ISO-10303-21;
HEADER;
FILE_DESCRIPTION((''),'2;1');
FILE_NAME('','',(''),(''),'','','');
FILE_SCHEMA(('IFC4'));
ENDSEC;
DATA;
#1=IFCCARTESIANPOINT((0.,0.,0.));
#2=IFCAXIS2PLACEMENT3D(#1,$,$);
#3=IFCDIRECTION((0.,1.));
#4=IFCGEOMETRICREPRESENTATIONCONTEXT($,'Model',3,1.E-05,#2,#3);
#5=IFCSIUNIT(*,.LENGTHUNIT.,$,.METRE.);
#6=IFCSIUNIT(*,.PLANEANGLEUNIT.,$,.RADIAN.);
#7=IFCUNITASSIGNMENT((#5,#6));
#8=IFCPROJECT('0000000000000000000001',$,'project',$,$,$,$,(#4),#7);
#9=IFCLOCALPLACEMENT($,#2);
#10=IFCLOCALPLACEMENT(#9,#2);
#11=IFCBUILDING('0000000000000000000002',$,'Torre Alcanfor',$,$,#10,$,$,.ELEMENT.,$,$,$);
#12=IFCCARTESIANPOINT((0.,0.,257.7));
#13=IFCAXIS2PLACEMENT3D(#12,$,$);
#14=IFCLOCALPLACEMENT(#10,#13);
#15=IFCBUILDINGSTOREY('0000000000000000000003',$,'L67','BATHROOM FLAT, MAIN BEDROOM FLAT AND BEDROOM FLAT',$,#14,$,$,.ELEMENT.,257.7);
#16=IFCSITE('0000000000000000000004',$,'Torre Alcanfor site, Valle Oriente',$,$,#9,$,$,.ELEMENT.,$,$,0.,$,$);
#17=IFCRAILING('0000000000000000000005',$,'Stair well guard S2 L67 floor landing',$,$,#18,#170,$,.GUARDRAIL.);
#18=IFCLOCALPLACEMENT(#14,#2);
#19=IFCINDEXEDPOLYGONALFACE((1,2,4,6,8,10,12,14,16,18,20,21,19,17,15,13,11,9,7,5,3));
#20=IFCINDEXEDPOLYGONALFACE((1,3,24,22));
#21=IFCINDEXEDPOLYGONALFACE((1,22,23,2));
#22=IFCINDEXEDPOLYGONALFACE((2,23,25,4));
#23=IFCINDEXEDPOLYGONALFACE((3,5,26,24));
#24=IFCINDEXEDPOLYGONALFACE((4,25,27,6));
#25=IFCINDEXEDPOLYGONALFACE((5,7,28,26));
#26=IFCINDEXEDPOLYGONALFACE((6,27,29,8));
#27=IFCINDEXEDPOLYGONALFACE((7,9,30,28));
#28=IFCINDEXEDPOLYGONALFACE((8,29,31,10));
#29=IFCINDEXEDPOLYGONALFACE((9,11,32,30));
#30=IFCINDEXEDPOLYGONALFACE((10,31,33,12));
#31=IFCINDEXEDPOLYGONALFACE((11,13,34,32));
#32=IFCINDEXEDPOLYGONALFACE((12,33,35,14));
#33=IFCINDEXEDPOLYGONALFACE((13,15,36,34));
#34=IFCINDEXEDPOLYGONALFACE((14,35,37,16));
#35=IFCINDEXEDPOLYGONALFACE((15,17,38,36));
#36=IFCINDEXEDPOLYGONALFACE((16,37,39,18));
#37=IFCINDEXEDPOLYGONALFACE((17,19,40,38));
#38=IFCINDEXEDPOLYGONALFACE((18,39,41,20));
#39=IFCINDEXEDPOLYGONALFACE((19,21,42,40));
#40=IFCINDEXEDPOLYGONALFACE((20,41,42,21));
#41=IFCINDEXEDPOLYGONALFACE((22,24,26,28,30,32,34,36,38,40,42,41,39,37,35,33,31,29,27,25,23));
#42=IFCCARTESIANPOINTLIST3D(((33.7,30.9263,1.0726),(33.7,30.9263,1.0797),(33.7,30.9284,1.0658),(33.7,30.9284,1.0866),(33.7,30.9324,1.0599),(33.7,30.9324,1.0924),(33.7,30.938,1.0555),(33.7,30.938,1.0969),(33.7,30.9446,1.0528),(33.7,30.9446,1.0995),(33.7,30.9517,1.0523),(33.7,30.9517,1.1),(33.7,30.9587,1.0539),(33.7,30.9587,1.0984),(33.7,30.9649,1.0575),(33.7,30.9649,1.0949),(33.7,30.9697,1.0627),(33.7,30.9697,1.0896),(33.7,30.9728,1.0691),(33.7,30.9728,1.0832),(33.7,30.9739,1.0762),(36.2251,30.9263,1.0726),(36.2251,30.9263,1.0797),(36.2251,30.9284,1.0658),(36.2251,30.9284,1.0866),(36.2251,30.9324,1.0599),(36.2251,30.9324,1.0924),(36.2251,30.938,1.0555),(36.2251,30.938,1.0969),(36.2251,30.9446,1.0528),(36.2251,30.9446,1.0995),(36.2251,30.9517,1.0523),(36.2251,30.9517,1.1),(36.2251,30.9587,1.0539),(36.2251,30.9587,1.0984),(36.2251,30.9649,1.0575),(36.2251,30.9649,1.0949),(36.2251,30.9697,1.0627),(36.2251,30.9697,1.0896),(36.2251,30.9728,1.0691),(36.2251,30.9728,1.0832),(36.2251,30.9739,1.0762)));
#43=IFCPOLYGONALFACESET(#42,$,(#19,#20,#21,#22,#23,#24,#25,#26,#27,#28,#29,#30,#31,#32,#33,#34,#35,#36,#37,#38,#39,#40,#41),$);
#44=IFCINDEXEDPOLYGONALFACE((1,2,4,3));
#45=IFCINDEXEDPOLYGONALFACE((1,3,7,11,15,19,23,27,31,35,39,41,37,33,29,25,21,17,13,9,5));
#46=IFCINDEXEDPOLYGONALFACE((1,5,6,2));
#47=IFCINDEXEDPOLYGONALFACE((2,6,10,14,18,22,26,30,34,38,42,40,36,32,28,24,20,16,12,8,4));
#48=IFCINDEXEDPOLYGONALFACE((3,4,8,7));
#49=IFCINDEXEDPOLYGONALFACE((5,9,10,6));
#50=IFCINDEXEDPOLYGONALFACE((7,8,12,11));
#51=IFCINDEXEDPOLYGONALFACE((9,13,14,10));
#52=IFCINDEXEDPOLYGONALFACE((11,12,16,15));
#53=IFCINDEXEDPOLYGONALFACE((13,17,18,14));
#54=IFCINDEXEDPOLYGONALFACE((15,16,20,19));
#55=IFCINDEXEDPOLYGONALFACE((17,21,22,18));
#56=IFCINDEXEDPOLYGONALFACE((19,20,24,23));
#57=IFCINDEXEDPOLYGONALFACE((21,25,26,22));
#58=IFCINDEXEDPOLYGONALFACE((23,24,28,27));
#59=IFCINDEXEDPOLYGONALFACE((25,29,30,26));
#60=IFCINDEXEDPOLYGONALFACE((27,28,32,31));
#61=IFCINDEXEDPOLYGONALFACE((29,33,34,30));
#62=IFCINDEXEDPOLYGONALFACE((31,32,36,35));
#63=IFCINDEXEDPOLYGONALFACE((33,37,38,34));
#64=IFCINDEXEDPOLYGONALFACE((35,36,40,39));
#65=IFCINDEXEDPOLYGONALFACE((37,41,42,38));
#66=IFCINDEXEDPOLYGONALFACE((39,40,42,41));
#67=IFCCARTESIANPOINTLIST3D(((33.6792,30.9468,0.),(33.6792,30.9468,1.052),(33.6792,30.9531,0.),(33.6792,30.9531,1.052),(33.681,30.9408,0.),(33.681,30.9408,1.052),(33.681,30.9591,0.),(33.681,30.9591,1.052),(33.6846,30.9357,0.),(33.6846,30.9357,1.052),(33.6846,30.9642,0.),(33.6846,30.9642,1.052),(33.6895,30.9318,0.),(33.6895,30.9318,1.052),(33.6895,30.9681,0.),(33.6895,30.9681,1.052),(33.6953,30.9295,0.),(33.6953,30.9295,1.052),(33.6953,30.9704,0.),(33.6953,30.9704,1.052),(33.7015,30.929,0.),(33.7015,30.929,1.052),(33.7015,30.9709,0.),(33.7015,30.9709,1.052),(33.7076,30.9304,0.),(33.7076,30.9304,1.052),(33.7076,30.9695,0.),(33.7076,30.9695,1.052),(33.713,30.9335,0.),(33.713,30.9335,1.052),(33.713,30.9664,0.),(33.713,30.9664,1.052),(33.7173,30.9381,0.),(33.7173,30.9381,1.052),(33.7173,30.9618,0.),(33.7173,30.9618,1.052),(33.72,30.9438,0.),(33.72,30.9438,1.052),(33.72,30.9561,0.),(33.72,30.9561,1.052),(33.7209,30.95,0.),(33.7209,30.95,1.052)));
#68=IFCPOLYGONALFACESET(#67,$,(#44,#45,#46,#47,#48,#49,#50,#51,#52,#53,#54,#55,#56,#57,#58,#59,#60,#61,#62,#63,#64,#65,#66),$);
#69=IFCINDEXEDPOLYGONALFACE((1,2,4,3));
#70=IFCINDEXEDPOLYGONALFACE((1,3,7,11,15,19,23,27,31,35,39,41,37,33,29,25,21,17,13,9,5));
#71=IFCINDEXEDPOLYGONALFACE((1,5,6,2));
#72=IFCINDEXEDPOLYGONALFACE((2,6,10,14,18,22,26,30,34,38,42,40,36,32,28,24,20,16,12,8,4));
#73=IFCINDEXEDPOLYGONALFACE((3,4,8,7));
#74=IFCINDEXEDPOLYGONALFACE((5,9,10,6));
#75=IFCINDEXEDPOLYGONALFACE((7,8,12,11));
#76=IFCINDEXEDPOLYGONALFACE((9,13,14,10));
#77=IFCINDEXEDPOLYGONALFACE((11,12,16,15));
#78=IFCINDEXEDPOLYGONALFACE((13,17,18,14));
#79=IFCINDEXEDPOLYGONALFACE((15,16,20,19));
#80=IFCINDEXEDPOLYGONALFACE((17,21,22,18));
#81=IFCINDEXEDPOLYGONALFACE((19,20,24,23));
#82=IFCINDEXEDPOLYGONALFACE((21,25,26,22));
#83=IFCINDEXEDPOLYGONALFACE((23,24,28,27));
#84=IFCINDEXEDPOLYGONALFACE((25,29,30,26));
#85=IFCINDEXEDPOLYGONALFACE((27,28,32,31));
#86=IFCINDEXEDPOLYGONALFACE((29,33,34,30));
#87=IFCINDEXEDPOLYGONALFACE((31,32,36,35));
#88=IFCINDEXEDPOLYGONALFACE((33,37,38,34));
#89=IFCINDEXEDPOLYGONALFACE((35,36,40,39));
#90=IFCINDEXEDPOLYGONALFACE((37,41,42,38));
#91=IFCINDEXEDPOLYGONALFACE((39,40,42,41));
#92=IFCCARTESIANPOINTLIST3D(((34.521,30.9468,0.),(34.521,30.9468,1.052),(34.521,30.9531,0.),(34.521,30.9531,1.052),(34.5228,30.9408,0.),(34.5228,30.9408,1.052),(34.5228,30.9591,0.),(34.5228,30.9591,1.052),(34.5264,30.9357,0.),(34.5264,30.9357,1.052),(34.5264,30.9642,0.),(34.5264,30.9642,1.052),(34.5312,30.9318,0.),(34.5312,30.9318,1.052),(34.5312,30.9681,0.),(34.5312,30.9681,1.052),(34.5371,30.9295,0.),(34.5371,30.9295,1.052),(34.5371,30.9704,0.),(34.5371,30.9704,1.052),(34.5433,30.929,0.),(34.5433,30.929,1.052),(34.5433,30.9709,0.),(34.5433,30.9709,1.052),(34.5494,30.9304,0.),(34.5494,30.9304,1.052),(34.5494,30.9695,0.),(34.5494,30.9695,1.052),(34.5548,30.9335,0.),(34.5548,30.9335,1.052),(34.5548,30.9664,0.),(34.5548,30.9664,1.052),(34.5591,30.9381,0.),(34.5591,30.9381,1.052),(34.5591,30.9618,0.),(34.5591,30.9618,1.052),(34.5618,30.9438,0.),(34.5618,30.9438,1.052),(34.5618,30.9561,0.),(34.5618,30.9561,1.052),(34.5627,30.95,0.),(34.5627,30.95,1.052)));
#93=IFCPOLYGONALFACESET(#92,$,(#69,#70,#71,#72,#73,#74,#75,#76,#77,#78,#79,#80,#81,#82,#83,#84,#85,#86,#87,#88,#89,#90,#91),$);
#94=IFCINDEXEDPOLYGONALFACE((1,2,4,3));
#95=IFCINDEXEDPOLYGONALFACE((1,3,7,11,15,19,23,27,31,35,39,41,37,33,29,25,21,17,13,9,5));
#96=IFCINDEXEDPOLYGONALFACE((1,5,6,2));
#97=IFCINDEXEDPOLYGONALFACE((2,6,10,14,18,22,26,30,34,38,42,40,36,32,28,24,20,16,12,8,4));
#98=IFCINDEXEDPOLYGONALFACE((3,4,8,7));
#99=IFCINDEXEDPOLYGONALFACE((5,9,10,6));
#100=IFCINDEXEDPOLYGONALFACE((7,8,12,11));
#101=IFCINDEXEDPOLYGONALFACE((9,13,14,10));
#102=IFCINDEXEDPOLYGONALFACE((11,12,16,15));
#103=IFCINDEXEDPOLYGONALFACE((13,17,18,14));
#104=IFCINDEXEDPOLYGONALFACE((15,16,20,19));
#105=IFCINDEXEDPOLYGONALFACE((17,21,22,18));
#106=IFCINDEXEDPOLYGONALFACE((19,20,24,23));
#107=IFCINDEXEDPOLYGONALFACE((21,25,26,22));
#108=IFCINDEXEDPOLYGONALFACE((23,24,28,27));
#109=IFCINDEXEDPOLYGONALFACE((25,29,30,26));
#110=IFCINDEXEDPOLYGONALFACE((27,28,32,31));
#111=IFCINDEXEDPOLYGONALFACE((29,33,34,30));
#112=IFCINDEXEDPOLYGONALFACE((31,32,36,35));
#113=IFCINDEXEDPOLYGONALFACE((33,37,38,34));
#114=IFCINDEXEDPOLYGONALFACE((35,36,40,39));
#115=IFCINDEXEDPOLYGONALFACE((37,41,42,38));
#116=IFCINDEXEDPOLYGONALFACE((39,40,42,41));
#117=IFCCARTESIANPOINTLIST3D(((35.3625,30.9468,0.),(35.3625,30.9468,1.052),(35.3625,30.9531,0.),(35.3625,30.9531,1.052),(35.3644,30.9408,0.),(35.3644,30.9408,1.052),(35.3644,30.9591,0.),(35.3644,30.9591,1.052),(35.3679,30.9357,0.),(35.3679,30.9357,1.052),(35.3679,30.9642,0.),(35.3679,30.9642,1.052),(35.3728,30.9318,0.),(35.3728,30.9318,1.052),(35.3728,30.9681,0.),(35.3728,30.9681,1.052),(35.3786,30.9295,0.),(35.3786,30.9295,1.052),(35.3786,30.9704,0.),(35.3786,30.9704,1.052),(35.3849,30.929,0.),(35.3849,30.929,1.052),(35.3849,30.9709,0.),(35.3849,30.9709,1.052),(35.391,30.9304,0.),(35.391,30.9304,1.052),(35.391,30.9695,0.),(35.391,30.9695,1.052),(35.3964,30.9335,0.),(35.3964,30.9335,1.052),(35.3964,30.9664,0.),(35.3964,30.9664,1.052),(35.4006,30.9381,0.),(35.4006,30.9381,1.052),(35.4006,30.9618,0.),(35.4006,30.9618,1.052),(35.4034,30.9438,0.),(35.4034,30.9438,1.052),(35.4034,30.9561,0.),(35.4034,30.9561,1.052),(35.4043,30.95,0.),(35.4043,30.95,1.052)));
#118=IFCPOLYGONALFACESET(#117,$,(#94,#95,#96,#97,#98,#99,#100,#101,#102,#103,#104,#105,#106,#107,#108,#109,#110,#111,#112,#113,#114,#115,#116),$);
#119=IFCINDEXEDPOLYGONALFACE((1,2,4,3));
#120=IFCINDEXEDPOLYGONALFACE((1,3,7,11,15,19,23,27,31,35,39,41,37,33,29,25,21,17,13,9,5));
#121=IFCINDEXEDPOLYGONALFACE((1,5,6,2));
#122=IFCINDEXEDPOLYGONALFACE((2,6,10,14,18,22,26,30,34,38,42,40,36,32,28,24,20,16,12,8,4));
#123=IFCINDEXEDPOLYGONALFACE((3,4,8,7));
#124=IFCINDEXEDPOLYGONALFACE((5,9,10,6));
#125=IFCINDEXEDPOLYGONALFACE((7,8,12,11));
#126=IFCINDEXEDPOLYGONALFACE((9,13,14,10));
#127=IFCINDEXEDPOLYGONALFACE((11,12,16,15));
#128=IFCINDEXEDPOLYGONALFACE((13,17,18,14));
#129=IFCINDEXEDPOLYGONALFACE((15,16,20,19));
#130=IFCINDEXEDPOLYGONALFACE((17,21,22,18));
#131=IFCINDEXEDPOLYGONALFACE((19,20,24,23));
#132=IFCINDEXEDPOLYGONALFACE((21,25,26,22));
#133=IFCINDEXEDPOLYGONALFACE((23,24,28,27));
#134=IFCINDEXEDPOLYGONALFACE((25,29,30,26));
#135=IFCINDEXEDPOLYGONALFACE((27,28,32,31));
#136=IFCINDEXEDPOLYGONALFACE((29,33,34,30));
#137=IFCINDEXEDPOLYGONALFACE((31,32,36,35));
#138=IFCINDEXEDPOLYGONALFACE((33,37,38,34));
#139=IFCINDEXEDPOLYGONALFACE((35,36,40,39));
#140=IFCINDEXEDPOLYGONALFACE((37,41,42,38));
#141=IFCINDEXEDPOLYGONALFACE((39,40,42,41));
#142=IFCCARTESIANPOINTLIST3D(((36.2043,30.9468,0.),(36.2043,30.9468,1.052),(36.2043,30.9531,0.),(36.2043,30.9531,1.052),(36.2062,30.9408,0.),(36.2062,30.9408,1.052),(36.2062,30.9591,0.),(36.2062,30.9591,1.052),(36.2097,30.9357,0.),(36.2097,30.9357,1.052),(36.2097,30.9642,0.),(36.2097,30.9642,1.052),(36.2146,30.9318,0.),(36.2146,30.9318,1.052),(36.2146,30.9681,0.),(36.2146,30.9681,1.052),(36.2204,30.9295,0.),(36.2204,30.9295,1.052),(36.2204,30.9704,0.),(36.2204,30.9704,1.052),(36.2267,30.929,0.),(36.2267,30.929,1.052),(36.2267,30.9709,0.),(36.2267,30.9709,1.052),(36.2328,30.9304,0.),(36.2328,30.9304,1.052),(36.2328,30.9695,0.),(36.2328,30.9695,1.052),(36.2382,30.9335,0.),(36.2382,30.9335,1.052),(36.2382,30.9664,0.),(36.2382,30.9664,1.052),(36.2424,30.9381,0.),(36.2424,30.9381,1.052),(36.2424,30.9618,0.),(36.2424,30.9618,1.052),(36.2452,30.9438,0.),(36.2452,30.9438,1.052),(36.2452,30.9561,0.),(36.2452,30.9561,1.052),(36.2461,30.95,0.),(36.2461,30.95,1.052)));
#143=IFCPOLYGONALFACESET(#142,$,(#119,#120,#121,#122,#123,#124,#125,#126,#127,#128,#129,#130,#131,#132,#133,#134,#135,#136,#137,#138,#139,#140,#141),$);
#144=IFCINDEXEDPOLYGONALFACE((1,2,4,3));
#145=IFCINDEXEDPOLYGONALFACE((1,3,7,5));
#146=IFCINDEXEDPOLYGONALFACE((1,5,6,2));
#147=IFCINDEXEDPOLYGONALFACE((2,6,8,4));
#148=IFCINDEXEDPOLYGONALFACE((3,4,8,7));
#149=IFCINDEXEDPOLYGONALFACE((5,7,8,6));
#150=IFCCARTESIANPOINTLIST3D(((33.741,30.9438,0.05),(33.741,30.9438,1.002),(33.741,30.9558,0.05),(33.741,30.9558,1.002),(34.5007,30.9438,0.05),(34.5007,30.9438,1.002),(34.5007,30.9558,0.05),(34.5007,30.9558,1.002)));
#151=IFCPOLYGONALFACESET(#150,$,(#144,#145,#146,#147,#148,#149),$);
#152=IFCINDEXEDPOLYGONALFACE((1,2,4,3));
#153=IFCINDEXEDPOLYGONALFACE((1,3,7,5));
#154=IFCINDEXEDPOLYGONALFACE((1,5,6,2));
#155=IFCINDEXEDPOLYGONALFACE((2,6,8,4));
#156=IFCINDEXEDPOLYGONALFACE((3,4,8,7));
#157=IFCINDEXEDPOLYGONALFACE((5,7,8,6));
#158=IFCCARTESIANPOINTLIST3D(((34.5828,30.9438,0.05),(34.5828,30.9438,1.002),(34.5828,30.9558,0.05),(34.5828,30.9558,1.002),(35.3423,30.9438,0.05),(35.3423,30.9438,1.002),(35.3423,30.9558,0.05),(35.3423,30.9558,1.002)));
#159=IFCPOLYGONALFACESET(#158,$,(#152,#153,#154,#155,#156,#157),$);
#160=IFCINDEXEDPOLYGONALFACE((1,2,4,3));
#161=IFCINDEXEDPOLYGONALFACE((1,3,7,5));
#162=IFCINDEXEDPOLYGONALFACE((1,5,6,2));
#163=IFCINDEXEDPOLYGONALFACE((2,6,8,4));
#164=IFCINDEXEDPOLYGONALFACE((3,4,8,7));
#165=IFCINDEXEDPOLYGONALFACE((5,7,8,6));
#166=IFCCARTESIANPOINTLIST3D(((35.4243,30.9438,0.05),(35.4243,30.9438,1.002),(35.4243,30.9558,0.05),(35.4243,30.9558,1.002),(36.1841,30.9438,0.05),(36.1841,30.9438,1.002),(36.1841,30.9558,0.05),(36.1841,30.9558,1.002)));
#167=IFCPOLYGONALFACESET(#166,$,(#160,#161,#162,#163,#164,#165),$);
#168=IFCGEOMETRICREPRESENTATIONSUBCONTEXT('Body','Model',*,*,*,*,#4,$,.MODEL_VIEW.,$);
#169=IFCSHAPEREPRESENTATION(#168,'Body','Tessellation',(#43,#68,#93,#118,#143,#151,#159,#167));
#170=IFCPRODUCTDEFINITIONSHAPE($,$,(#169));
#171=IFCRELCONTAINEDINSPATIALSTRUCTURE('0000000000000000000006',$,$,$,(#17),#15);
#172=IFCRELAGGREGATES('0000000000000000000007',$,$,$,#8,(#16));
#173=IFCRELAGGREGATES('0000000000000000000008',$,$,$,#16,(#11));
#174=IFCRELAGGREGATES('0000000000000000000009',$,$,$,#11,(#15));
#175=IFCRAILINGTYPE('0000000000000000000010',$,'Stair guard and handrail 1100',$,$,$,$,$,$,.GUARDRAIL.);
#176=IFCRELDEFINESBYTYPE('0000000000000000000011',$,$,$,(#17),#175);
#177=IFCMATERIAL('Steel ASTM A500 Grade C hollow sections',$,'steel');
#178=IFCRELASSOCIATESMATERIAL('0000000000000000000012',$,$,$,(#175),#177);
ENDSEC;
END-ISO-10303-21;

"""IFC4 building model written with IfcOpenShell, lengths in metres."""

from ifc_helpers import new_model, si_unit, direction, frame, origin, origin_2d, place, context, subcontext, project, spatial, polyline, circle, outline, extrude, material, type_object, element, save


model = new_model("IFC4")

# Units and contexts
model_context = context("Model", 3, precision=1e-05, world=origin(), true_north=direction((0.0, 1.0)))
body_context = subcontext(model_context, "Body", "Model", "MODEL_VIEW")
ifc_project = project(units=[si_unit("LENGTHUNIT", "METRE"), si_unit("PLANEANGLEUNIT", "RADIAN")], contexts=[model_context])

# Site, building, storey
site_placement = place(None, origin())
site = spatial("IfcSite", under=ifc_project, at=site_placement, Name="Torre Alcanfor site, Valle Oriente", CompositionType="ELEMENT", RefElevation=0.0)
building_placement = place(site_placement, origin())
building = spatial("IfcBuilding", under=site, at=building_placement, Name="Torre Alcanfor", CompositionType="ELEMENT")
storey_placement = place(building_placement, frame((0.0, 0.0, 257.7)))
storey = spatial("IfcBuildingStorey", under=building, at=storey_placement, Name="L67", Description="BATHROOM FLAT, MAIN BEDROOM FLAT AND BEDROOM FLAT", CompositionType="ELEMENT", Elevation=257.7)

# Railing
ifc_material_1 = material(Name="Steel ASTM A500 Grade C hollow sections", Category="steel")
railing_type_1 = type_object("IfcRailingType", Name="Stair guard and handrail 1100", PredefinedType="GUARDRAIL", material=ifc_material_1)
for number, where, name in (
    (1, (33.7, 30.95, 0.0), "Stair well guard S2 L67 floor landing"),
):
    element("IfcRailing", number, at=place(storey_placement, frame(where)), inside=storey, type_object=railing_type_1, Name=name, PredefinedType="GUARDRAIL", context=body_context, shape_type="SweptSolid", body=[
        extrude(circle(Radius=0.0239, at=origin_2d()), frame((0.0, 0.0, 1.0762), z_axis=(1.0, 0.0, 0.0), x_axis=(0.0, 1.0, 0.0)), (0.0, 0.0, 1.0), 2.5251),
        extrude(circle(Radius=0.021, at=origin_2d()), origin(), (0.0, 0.0, 1.0), 1.052),
        extrude(circle(Radius=0.021, at=origin_2d()), frame((0.8418, 0.0, 0.0)), (0.0, 0.0, 1.0), 1.052),
        extrude(circle(Radius=0.021, at=origin_2d()), frame((1.6833, 0.0, 0.0)), (0.0, 0.0, 1.0), 1.052),
        extrude(circle(Radius=0.021, at=origin_2d()), frame((2.5251, 0.0, 0.0)), (0.0, 0.0, 1.0), 1.052),
        extrude(outline(polyline([(0.041, 0.05), (0.8008, 0.05), (0.8008, 1.002), (0.041, 1.002), (0.041, 0.05)])), frame((0.0, 0.0059, 0.0), z_axis=(0.0, -1.0, 0.0), x_axis=(1.0, 0.0, 0.0)), (0.0, 0.0, 1.0), 0.012),
        extrude(outline(polyline([(0.8828, 0.05), (1.6423, 0.05), (1.6423, 1.002), (0.8828, 1.002), (0.8828, 0.05)])), frame((0.0, 0.0059, 0.0), z_axis=(0.0, -1.0, 0.0), x_axis=(1.0, 0.0, 0.0)), (0.0, 0.0, 1.0), 0.012),
        extrude(outline(polyline([(1.7244, 0.05), (2.4841, 0.05), (2.4841, 1.002), (1.7244, 1.002), (1.7244, 0.05)])), frame((0.0, 0.0059, 0.0), z_axis=(0.0, -1.0, 0.0), x_axis=(1.0, 0.0, 0.0)), (0.0, 0.0, 1.0), 0.012),
    ])

save(model, "model.ifc")
